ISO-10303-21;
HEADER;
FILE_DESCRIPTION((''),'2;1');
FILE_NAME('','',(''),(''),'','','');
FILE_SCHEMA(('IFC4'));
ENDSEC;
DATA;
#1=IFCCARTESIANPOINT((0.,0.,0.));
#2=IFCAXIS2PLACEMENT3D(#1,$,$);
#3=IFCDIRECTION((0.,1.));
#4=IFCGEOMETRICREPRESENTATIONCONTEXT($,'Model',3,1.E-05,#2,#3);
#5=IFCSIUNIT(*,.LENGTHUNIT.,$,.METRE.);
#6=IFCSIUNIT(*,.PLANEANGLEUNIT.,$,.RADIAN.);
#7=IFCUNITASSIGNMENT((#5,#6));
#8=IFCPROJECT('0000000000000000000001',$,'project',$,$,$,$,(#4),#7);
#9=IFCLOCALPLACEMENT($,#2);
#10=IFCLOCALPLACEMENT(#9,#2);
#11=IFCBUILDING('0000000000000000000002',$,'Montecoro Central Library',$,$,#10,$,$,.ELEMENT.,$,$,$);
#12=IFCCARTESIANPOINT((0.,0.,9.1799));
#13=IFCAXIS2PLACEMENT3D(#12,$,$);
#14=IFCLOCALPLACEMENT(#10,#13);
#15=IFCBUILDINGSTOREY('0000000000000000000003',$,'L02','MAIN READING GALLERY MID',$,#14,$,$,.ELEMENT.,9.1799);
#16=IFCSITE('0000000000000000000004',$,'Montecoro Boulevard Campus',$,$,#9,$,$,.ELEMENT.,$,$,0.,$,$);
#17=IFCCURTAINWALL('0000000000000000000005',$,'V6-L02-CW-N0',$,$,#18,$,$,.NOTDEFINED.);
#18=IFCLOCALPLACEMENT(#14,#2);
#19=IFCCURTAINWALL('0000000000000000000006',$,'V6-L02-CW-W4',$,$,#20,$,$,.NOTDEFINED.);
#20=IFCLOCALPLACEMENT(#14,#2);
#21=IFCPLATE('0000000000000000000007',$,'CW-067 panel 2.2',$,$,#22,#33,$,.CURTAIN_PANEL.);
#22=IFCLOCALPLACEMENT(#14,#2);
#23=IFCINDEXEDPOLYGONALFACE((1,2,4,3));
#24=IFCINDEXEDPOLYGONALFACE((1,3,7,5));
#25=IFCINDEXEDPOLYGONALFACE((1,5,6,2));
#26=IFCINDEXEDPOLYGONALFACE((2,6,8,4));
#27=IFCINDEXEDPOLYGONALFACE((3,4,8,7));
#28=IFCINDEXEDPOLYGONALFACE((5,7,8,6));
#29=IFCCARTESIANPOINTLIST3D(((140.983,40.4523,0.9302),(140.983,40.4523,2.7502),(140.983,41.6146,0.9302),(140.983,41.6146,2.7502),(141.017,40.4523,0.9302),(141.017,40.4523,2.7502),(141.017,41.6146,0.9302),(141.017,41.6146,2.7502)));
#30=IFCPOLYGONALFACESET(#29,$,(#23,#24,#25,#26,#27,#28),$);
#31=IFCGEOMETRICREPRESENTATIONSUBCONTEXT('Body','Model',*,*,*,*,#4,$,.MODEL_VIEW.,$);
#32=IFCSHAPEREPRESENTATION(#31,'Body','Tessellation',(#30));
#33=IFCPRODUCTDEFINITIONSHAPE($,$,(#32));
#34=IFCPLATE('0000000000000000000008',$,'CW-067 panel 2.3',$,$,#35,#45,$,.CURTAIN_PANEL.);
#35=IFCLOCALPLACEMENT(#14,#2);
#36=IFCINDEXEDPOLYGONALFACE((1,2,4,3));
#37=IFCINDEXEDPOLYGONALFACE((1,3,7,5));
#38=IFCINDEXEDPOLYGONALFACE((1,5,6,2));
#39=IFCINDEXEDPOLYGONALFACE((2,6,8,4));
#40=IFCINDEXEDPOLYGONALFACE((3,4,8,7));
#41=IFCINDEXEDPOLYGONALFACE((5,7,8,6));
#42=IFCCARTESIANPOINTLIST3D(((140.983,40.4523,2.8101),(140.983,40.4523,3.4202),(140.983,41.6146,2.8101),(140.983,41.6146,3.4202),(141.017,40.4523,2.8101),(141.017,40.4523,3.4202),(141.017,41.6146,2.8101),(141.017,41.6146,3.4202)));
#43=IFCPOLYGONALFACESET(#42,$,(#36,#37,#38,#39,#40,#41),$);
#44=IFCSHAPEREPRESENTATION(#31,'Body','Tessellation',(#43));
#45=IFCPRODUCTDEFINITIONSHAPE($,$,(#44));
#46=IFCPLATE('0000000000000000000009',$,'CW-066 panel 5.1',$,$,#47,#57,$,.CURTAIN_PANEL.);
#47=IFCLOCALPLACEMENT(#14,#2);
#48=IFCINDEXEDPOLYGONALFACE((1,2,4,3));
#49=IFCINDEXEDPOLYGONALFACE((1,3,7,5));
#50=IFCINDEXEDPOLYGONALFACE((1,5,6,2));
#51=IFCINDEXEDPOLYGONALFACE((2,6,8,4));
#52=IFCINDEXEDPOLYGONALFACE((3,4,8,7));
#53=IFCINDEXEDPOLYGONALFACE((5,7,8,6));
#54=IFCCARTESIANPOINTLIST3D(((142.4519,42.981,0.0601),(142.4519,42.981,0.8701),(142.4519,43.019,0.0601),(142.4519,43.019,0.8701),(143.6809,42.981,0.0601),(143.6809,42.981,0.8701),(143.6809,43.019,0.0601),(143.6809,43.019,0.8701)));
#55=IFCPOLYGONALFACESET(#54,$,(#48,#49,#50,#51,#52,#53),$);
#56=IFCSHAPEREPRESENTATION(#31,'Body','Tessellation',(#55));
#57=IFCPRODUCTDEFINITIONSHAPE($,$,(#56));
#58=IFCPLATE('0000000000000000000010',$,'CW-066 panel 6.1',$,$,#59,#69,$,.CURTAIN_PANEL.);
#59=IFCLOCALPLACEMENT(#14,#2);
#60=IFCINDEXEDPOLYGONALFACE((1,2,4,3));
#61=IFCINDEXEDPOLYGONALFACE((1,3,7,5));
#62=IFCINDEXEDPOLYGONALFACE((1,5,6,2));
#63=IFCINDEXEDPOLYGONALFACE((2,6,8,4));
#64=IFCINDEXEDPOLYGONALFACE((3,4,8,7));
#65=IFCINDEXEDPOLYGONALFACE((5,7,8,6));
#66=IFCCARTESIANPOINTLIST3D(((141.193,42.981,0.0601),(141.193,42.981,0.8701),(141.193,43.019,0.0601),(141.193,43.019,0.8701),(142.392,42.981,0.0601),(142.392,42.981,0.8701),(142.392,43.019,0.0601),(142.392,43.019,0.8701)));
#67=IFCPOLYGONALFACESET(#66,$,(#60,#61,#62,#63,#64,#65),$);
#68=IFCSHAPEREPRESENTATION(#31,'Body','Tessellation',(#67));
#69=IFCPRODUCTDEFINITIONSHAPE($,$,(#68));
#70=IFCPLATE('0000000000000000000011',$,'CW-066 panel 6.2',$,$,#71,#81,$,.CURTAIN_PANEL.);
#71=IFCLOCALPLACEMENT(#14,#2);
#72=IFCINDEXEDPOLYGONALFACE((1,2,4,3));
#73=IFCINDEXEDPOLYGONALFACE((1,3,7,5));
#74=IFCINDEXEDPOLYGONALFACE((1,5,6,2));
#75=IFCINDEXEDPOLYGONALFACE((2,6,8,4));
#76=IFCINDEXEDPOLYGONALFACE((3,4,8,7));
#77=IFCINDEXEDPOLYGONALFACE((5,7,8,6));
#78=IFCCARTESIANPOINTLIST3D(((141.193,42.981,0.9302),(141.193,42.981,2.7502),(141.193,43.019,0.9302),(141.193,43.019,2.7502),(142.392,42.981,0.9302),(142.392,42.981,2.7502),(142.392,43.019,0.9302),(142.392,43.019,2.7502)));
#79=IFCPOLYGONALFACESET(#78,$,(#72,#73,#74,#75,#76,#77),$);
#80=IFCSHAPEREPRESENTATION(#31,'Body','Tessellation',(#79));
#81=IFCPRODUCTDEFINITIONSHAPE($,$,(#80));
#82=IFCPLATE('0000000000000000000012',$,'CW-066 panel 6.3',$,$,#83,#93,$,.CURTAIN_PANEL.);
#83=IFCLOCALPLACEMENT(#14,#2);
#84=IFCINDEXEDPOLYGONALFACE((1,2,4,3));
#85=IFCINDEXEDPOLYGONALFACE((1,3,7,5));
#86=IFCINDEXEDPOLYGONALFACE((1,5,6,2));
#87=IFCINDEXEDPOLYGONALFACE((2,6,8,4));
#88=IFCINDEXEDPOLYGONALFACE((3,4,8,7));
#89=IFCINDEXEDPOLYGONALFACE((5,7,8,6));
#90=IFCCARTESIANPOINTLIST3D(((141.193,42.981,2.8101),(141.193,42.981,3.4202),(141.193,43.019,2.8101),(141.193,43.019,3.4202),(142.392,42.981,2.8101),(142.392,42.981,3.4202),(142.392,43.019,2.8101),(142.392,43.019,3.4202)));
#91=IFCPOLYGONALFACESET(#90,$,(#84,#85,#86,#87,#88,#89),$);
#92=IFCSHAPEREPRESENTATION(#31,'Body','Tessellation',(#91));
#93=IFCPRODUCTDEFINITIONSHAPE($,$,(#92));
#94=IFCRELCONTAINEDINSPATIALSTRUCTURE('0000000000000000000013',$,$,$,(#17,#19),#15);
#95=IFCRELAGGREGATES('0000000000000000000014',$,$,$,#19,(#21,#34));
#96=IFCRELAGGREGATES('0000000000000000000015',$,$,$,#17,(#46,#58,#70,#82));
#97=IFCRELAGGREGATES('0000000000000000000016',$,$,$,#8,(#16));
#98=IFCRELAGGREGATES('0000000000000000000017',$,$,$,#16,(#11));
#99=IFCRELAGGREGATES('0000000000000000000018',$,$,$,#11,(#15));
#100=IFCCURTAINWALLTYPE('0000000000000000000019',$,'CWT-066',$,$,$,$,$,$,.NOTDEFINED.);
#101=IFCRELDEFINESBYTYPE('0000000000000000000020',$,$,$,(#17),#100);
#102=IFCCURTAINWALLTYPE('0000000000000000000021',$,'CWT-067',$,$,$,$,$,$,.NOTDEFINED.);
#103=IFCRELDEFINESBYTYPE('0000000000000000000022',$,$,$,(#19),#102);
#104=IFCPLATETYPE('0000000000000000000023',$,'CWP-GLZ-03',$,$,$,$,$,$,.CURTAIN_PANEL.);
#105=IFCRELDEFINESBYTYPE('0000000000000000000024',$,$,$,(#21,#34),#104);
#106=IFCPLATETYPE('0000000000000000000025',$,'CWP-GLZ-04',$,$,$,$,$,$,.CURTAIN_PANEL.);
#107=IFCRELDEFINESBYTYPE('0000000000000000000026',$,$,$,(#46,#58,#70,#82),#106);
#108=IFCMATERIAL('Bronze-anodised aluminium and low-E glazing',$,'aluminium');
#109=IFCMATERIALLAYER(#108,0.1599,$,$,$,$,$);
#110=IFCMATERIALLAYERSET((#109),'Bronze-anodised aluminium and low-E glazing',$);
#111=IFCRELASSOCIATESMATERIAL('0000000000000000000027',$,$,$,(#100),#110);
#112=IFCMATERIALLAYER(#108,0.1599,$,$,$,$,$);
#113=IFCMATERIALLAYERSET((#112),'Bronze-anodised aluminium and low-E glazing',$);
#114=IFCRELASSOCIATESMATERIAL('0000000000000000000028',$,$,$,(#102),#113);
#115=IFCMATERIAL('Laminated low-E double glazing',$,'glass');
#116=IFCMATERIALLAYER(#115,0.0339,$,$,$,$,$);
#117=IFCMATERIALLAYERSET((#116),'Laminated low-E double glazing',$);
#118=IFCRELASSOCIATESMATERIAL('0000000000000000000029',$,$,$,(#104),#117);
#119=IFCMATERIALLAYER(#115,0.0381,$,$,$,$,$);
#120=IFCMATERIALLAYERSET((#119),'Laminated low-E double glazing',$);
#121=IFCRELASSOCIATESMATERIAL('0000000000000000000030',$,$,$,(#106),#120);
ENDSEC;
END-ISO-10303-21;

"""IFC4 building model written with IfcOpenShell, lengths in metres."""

from ifc_helpers import new_model, si_unit, direction, frame, origin, origin_2d, place, context, subcontext, project, spatial, rectangle, extrude, material, layer, layer_set, type_object, element, aggregate, save


model = new_model("IFC4")

# Units and contexts
model_context = context("Model", 3, precision=1e-05, world=origin(), true_north=direction((0.0, 1.0)))
body_context = subcontext(model_context, "Body", "Model", "MODEL_VIEW")
ifc_project = project(units=[si_unit("LENGTHUNIT", "METRE"), si_unit("PLANEANGLEUNIT", "RADIAN")], contexts=[model_context])

# Site, building, storey
site_placement = place(None, origin())
site = spatial("IfcSite", under=ifc_project, at=site_placement, Name="Montecoro Boulevard Campus", CompositionType="ELEMENT", RefElevation=0.0)
building_placement = place(site_placement, origin())
building = spatial("IfcBuilding", under=site, at=building_placement, Name="Montecoro Central Library", CompositionType="ELEMENT")
storey_placement = place(building_placement, frame((0.0, 0.0, 9.1799)))
storey = spatial("IfcBuildingStorey", under=building, at=storey_placement, Name="L02", Description="MAIN READING GALLERY MID", CompositionType="ELEMENT", Elevation=9.1799)

# Curtain walls
ifc_material_1 = material(Name="Bronze-anodised aluminium and low-E glazing", Category="aluminium")
ifc_layer_1 = layer(ifc_material_1, 0.1599)
ifc_layer_set_1 = layer_set([ifc_layer_1], Name="Bronze-anodised aluminium and low-E glazing")
curtain_wall_type_1 = type_object("IfcCurtainWallType", Name="CWT-066", PredefinedType="NOTDEFINED", material=ifc_layer_set_1)
curtain_wall_1_placement = place(storey_placement, origin())
curtain_wall_1 = element("IfcCurtainWall", 1, at=curtain_wall_1_placement, inside=storey, type_object=curtain_wall_type_1, Name="V6-L02-CW-N0", PredefinedType="NOTDEFINED")
ifc_layer_2 = layer(ifc_material_1, 0.1599)
ifc_layer_set_2 = layer_set([ifc_layer_2], Name="Bronze-anodised aluminium and low-E glazing")
curtain_wall_type_2 = type_object("IfcCurtainWallType", Name="CWT-067", PredefinedType="NOTDEFINED", material=ifc_layer_set_2)
curtain_wall_2_placement = place(storey_placement, origin())
curtain_wall_2 = element("IfcCurtainWall", 2, at=curtain_wall_2_placement, inside=storey, type_object=curtain_wall_type_2, Name="V6-L02-CW-W4", PredefinedType="NOTDEFINED")

# Plates
ifc_material_2 = material(Name="Laminated low-E double glazing", Category="glass")
ifc_layer_3 = layer(ifc_material_2, 0.0339)
ifc_layer_set_3 = layer_set([ifc_layer_3], Name="Laminated low-E double glazing")
plate_type_1 = type_object("IfcPlateType", Name="CWP-GLZ-03", PredefinedType="CURTAIN_PANEL", material=ifc_layer_set_3)
plate_1_placement = place(storey_placement, frame((141.0, 41.0334, 0.9302), z_axis=(0.0, 0.0, 1.0), x_axis=(0.0, -1.0, 0.0)))
plate_1 = element("IfcPlate", 3, at=plate_1_placement, type_object=plate_type_1, Name="CW-067 panel 2.2", PredefinedType="CURTAIN_PANEL", context=body_context, shape_type="SweptSolid", body=[
    extrude(rectangle(XDim=1.1624, YDim=0.0339, at=origin_2d()), origin(), (0.0, 0.0, 1.0), 1.8201),
])
plate_2_placement = place(storey_placement, frame((141.0, 41.0334, 2.8101), z_axis=(0.0, 0.0, 1.0), x_axis=(0.0, -1.0, 0.0)))
plate_2 = element("IfcPlate", 4, at=plate_2_placement, type_object=plate_type_1, Name="CW-067 panel 2.3", PredefinedType="CURTAIN_PANEL", context=body_context, shape_type="SweptSolid", body=[
    extrude(rectangle(XDim=1.1624, YDim=0.0339, at=origin_2d()), origin(), (0.0, 0.0, 1.0), 0.6101),
])
aggregate(curtain_wall_2, [plate_1, plate_2])
ifc_layer_4 = layer(ifc_material_2, 0.0381)
ifc_layer_set_4 = layer_set([ifc_layer_4], Name="Laminated low-E double glazing")
plate_type_2 = type_object("IfcPlateType", Name="CWP-GLZ-04", PredefinedType="CURTAIN_PANEL", material=ifc_layer_set_4)
plate_3_placement = place(storey_placement, frame((143.0664, 43.0, 0.0601), z_axis=(0.0, 0.0, 1.0), x_axis=(-1.0, 0.0, 0.0)))
plate_3 = element("IfcPlate", 5, at=plate_3_placement, type_object=plate_type_2, Name="CW-066 panel 5.1", PredefinedType="CURTAIN_PANEL", context=body_context, shape_type="SweptSolid", body=[
    extrude(rectangle(XDim=1.229, YDim=0.0381, at=origin_2d()), origin(), (0.0, 0.0, 1.0), 0.8101),
])
plate_4_placement = place(storey_placement, frame((141.7925, 43.0, 0.0601), z_axis=(0.0, 0.0, 1.0), x_axis=(-1.0, 0.0, 0.0)))
plate_4 = element("IfcPlate", 6, at=plate_4_placement, type_object=plate_type_2, Name="CW-066 panel 6.1", PredefinedType="CURTAIN_PANEL", context=body_context, shape_type="SweptSolid", body=[
    extrude(rectangle(XDim=1.199, YDim=0.0381, at=origin_2d()), origin(), (0.0, 0.0, 1.0), 0.8101),
])
plate_5_placement = place(storey_placement, frame((141.7925, 43.0, 0.9302), z_axis=(0.0, 0.0, 1.0), x_axis=(-1.0, 0.0, 0.0)))
plate_5 = element("IfcPlate", 7, at=plate_5_placement, type_object=plate_type_2, Name="CW-066 panel 6.2", PredefinedType="CURTAIN_PANEL", context=body_context, shape_type="SweptSolid", body=[
    extrude(rectangle(XDim=1.199, YDim=0.0381, at=origin_2d()), origin(), (0.0, 0.0, 1.0), 1.8201),
])
plate_6_placement = place(storey_placement, frame((141.7925, 43.0, 2.8101), z_axis=(0.0, 0.0, 1.0), x_axis=(-1.0, 0.0, 0.0)))
plate_6 = element("IfcPlate", 8, at=plate_6_placement, type_object=plate_type_2, Name="CW-066 panel 6.3", PredefinedType="CURTAIN_PANEL", context=body_context, shape_type="SweptSolid", body=[
    extrude(rectangle(XDim=1.199, YDim=0.0381, at=origin_2d()), origin(), (0.0, 0.0, 1.0), 0.6101),
])
aggregate(curtain_wall_1, [plate_3, plate_4, plate_5, plate_6])

save(model, "model.ifc")
